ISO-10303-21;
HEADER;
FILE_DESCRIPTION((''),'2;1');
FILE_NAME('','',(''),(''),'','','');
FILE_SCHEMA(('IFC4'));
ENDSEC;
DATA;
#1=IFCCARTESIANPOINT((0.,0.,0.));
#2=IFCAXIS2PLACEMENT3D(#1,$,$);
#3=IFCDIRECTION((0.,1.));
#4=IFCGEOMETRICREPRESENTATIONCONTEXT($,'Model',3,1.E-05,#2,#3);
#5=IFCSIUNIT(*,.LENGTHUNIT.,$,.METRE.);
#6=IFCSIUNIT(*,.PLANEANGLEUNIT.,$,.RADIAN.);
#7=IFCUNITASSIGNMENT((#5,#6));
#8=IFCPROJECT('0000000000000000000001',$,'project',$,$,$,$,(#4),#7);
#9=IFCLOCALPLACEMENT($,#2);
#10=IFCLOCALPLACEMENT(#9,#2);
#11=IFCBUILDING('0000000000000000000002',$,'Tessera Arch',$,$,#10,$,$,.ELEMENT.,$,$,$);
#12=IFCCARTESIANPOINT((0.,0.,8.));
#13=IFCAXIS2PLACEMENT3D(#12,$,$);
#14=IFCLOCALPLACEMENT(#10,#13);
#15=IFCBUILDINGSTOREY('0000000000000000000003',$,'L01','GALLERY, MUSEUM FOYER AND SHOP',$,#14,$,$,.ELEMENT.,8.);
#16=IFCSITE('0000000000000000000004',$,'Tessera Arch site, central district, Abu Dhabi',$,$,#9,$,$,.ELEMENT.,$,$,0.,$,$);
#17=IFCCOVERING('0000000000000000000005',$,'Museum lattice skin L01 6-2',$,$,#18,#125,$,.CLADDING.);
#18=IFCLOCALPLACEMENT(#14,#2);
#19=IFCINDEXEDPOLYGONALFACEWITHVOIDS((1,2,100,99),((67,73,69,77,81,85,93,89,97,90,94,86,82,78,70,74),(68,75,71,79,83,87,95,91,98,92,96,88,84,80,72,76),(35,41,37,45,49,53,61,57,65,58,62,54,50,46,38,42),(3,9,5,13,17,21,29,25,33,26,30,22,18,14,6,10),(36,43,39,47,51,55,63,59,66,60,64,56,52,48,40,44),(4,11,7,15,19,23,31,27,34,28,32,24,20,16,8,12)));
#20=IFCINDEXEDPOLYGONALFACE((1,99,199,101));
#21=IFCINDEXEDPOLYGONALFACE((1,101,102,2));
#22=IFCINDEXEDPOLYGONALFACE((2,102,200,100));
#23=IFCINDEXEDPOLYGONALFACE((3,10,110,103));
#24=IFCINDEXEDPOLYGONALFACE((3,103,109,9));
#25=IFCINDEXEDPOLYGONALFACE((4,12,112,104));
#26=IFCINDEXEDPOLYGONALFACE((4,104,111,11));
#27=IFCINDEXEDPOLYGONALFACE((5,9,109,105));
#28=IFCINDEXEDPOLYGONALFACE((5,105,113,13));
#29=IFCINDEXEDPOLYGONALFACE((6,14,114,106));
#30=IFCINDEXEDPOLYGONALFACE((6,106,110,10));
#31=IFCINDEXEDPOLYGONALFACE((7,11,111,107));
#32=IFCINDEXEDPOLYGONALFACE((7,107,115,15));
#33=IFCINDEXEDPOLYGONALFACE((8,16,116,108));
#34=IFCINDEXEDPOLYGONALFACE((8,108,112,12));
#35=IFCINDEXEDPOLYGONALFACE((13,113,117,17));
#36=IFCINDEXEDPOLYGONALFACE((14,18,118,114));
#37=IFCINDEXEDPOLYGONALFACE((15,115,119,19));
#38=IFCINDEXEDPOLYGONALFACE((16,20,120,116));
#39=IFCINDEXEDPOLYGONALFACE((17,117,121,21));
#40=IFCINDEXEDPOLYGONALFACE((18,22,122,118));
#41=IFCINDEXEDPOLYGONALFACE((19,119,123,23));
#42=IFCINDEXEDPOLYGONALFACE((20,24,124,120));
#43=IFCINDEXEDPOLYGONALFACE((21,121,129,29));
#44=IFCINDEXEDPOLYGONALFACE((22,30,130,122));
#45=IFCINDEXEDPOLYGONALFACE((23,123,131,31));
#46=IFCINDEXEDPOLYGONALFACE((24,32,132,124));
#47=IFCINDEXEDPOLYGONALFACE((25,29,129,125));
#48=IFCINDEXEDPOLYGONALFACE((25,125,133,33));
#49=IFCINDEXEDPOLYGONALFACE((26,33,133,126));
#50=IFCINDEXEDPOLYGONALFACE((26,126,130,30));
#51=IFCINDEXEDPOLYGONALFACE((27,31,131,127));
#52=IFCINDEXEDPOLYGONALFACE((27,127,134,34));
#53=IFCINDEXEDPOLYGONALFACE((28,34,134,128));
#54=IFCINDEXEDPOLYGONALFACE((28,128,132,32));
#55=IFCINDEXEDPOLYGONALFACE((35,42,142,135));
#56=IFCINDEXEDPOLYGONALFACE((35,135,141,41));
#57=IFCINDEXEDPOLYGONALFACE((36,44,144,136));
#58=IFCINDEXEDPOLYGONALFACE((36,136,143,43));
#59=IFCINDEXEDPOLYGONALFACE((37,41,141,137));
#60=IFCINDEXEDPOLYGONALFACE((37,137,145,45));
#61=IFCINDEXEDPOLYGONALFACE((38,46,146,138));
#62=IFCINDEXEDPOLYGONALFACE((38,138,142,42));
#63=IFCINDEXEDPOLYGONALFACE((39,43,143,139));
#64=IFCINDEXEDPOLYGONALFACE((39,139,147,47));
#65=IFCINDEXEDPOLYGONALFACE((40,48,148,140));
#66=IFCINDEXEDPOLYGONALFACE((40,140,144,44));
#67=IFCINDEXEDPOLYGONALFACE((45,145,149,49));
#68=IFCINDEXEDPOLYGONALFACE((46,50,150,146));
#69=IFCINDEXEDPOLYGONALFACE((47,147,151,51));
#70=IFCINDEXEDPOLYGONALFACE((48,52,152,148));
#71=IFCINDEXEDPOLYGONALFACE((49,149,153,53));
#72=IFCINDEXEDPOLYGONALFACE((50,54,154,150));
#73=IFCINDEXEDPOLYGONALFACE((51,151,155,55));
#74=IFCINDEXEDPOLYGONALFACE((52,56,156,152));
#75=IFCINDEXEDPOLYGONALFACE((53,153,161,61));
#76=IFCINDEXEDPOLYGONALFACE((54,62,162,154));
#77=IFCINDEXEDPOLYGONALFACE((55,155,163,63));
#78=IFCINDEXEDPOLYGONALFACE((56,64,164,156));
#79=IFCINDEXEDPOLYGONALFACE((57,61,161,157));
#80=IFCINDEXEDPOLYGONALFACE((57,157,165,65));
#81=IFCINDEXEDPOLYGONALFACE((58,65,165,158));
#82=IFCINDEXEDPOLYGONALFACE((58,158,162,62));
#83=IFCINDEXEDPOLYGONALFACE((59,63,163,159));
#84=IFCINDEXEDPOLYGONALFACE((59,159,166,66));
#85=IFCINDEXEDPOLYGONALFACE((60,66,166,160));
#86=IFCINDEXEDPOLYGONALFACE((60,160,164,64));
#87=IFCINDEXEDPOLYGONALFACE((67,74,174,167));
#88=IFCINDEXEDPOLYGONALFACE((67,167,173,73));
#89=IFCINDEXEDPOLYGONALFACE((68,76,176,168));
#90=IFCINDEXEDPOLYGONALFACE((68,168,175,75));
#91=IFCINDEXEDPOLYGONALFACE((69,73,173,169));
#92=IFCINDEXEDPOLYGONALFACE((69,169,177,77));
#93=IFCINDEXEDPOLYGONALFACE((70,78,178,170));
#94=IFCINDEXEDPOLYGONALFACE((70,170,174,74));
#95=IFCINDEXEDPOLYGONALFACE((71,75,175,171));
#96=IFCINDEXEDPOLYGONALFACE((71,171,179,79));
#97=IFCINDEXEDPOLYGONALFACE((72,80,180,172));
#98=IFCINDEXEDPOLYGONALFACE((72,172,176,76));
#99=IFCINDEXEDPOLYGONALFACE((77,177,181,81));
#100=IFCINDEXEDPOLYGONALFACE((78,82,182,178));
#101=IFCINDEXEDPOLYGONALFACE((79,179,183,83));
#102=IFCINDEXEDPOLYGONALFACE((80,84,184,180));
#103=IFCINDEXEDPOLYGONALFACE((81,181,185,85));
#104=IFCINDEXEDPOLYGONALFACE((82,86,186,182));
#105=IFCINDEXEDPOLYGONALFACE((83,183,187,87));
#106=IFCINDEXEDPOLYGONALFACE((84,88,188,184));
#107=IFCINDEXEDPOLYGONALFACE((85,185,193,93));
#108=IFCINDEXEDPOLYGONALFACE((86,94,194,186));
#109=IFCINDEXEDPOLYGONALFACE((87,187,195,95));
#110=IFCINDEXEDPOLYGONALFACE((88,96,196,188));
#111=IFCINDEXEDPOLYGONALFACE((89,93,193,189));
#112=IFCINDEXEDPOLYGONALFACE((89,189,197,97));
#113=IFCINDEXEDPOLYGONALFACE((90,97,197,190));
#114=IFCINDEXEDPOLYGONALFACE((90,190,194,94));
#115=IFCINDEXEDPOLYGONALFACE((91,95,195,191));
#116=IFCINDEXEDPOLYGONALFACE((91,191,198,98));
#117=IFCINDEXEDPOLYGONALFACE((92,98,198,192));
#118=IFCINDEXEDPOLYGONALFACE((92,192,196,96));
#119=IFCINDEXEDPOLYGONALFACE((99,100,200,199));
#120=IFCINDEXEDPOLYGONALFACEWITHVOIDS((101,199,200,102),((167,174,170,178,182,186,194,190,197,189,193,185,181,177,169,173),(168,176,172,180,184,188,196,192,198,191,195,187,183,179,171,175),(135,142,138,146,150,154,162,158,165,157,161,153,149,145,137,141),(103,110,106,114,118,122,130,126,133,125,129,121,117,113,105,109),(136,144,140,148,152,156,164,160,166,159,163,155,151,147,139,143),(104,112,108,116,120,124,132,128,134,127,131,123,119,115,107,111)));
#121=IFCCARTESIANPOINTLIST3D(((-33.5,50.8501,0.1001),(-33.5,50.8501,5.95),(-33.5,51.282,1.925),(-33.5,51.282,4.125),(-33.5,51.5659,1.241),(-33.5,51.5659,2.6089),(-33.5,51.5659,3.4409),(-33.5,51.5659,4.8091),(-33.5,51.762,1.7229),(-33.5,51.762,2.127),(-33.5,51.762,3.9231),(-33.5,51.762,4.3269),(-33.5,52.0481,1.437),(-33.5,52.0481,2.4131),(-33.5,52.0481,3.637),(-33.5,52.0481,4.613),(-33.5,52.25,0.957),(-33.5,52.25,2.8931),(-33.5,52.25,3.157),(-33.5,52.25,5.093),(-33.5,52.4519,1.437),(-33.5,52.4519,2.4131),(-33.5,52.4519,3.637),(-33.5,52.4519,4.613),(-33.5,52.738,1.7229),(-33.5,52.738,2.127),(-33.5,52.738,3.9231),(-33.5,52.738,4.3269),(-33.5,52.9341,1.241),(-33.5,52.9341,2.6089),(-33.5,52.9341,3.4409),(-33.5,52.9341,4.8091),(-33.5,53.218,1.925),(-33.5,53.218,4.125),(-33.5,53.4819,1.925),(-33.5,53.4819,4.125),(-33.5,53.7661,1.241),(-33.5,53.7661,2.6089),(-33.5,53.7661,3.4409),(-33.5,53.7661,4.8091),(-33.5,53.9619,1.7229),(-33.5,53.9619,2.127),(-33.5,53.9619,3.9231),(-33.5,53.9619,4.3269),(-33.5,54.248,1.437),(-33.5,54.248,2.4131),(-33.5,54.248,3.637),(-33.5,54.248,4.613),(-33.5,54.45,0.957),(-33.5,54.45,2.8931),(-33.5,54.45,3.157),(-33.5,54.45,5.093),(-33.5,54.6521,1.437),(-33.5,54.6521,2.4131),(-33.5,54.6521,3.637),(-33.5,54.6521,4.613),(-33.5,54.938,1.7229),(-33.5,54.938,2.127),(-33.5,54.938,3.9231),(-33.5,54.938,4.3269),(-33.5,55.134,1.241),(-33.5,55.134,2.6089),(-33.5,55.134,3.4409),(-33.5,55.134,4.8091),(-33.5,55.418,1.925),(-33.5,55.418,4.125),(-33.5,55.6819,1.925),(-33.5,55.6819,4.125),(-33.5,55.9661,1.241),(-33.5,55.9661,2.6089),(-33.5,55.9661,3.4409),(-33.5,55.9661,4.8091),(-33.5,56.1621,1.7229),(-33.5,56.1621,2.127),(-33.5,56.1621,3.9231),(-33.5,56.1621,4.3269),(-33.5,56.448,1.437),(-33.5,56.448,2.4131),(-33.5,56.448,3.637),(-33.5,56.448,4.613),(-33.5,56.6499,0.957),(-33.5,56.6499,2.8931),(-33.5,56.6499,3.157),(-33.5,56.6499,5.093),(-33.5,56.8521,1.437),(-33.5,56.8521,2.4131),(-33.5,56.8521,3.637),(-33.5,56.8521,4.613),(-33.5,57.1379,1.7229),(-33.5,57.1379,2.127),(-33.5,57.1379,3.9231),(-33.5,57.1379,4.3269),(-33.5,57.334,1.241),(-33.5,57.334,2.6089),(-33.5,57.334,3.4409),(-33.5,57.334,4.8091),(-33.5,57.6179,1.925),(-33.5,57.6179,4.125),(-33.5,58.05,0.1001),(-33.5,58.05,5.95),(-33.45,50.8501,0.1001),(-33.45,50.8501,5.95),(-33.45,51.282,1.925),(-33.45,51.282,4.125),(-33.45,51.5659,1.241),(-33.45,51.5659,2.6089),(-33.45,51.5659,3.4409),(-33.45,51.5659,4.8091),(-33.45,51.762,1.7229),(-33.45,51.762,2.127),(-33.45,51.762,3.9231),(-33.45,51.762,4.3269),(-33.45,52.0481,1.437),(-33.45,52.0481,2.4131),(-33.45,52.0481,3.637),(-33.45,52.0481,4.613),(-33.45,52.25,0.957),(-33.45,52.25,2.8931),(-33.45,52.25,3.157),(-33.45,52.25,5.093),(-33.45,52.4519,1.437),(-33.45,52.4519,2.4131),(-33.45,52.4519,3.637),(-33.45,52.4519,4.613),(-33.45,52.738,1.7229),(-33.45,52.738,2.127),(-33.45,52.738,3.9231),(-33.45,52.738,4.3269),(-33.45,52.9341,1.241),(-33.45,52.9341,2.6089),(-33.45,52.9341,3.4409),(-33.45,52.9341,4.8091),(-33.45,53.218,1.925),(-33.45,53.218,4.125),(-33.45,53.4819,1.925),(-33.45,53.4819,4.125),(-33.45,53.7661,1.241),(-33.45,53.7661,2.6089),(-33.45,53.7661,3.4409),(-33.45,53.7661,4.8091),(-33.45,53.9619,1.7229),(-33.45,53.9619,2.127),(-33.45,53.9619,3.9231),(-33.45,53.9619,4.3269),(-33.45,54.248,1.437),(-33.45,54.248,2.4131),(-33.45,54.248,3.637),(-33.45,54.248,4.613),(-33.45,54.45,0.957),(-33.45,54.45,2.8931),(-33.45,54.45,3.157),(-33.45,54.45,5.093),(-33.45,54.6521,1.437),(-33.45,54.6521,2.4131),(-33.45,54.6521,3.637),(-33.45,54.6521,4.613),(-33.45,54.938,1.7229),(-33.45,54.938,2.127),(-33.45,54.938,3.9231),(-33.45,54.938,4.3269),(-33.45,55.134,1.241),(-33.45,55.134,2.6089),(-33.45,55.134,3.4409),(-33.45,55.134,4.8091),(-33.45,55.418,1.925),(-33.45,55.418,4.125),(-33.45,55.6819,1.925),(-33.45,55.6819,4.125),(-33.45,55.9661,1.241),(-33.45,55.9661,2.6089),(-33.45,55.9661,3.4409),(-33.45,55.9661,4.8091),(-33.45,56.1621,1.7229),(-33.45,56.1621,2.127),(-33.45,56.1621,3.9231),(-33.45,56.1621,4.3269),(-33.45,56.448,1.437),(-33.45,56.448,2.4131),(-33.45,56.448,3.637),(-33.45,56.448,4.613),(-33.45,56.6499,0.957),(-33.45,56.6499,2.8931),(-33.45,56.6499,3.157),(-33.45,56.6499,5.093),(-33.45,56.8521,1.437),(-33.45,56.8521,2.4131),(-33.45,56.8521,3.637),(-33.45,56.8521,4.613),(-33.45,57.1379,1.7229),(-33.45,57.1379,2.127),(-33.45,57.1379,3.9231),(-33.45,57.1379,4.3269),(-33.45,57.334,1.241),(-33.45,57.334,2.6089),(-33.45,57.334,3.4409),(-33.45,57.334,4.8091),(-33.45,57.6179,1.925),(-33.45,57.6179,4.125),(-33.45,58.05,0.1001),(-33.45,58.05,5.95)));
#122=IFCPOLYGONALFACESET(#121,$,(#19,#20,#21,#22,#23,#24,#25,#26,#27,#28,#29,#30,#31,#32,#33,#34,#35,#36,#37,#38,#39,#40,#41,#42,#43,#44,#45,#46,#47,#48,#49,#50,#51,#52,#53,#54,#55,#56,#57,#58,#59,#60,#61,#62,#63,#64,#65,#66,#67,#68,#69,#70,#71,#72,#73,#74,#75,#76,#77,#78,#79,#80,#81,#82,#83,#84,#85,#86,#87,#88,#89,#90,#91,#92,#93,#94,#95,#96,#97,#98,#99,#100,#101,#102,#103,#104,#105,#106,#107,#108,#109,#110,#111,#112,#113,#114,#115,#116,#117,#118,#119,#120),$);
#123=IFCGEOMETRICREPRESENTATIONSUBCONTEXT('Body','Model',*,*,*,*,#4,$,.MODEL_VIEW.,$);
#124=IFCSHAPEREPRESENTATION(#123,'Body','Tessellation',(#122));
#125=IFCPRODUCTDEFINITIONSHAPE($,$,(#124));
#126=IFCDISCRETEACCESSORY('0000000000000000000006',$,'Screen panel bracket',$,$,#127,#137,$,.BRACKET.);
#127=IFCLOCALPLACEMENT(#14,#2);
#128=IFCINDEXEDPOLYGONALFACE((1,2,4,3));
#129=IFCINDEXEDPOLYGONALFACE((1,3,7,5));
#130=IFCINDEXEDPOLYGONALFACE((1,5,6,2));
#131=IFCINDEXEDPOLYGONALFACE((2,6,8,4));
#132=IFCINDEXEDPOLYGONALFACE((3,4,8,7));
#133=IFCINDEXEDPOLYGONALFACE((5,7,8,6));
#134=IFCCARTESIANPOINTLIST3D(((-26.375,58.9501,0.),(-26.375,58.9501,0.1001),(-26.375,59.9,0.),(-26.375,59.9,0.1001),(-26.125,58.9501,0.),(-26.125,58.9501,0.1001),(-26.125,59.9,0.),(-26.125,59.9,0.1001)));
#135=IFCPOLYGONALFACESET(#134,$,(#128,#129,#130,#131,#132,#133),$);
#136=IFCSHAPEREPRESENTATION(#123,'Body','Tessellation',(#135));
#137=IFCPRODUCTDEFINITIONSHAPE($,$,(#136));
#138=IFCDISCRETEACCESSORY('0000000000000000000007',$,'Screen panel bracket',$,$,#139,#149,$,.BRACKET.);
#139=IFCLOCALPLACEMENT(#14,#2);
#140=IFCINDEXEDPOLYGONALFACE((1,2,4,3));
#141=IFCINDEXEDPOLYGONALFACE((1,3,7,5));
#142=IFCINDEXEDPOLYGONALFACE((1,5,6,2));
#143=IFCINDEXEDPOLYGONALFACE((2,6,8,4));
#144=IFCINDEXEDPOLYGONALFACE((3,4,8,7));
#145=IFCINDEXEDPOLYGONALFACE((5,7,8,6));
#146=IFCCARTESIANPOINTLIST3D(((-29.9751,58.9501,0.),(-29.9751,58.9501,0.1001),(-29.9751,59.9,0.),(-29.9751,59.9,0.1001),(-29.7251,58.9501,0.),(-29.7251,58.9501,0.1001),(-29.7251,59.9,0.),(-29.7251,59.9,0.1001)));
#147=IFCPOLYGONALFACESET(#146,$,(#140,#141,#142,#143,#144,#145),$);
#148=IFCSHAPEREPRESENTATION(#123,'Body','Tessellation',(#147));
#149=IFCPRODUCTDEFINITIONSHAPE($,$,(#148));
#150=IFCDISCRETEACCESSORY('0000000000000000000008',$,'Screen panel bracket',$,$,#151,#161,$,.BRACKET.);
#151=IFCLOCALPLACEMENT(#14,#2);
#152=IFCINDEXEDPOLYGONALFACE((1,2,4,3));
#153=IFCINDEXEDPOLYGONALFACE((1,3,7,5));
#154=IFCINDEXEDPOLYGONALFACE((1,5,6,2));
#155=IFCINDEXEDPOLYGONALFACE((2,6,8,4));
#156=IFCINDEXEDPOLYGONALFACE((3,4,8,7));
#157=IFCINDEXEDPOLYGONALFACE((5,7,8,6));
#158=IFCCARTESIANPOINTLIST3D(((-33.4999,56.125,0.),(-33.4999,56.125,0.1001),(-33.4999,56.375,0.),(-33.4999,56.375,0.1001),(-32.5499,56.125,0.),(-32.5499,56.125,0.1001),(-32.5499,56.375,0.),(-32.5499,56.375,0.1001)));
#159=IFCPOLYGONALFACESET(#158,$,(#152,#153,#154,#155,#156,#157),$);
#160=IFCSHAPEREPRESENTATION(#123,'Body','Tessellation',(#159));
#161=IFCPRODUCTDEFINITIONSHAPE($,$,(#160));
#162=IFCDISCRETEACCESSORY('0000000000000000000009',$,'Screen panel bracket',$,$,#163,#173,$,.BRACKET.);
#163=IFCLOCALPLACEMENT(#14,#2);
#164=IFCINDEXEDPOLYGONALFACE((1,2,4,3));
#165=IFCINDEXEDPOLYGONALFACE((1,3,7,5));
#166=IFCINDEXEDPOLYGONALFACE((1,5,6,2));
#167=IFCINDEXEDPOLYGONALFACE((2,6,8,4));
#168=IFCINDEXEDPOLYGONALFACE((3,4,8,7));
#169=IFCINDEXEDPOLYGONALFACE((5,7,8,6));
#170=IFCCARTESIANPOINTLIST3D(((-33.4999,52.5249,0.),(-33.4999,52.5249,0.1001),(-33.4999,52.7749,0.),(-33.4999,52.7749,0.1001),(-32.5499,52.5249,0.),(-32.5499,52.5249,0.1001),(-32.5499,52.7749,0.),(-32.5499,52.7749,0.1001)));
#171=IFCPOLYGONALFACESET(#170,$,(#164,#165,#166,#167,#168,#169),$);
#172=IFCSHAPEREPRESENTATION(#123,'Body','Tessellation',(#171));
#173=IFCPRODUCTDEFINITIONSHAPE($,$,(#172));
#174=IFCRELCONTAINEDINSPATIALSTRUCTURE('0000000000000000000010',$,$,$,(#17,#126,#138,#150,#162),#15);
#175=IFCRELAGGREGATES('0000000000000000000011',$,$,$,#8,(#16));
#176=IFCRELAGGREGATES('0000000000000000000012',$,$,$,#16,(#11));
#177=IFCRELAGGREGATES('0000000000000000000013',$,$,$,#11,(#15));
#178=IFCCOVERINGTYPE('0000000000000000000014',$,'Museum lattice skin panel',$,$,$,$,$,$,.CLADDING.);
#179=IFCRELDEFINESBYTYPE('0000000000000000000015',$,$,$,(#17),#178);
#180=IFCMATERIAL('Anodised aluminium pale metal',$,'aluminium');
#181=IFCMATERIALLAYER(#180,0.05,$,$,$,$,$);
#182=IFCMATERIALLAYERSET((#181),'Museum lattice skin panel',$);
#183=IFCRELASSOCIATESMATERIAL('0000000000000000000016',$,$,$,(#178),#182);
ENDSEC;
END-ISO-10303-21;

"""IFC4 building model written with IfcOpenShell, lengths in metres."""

from ifc_helpers import new_model, si_unit, direction, frame, origin, origin_2d, place, context, subcontext, project, spatial, polyline, rectangle, outline, extrude, material, layer, layer_set, type_object, element, save


model = new_model("IFC4")

# Units and contexts
model_context = context("Model", 3, precision=1e-05, world=origin(), true_north=direction((0.0, 1.0)))
body_context = subcontext(model_context, "Body", "Model", "MODEL_VIEW")
ifc_project = project(units=[si_unit("LENGTHUNIT", "METRE"), si_unit("PLANEANGLEUNIT", "RADIAN")], contexts=[model_context])

# Site, building, storey
site_placement = place(None, origin())
site = spatial("IfcSite", under=ifc_project, at=site_placement, Name="Tessera Arch site, central district, Abu Dhabi", CompositionType="ELEMENT", RefElevation=0.0)
building_placement = place(site_placement, origin())
building = spatial("IfcBuilding", under=site, at=building_placement, Name="Tessera Arch", CompositionType="ELEMENT")
storey_placement = place(building_placement, frame((0.0, 0.0, 8.0)))
storey = spatial("IfcBuildingStorey", under=building, at=storey_placement, Name="L01", Description="GALLERY, MUSEUM FOYER AND SHOP", CompositionType="ELEMENT", Elevation=8.0)

# Covering
ifc_material_1 = material(Name="Anodised aluminium pale metal", Category="aluminium")
ifc_layer_1 = layer(ifc_material_1, 0.05)
ifc_layer_set_1 = layer_set([ifc_layer_1], Name="Museum lattice skin panel")
covering_type = type_object("IfcCoveringType", Name="Museum lattice skin panel", PredefinedType="CLADDING", material=ifc_layer_set_1)
covering_placement = place(storey_placement, frame((-33.45, 58.05, 5.95), z_axis=(1.0, 0.0, 0.0), x_axis=(0.0, -1.0, 0.0)))
element("IfcCovering", 1, at=covering_placement, inside=storey, type_object=covering_type, Name="Museum lattice skin L01 6-2", PredefinedType="CLADDING", context=body_context, shape_type="SweptSolid", body=[
    extrude(outline(polyline([(0.0, 0.0), (7.2, 0.0), (7.2, 5.8499), (0.0, 5.8499), (0.0, 0.0)]), holes=[polyline([(2.3682, 4.0249), (1.8879, 3.823), (2.084, 3.3411), (1.6021, 3.5369), (1.4001, 3.0569), (1.198, 3.5369), (0.7161, 3.3411), (0.9121, 3.823), (0.4321, 4.0249), (0.9121, 4.2271), (0.7161, 4.709), (1.198, 4.5129), (1.4001, 4.9929), (1.6021, 4.5129), (2.084, 4.709), (1.8879, 4.2271), (2.3682, 4.0249)]), polyline([(2.3682, 1.825), (1.8879, 1.623), (2.084, 1.1409), (1.6021, 1.3369), (1.4001, 0.8569), (1.198, 1.3369), (0.7161, 1.1409), (0.9121, 1.623), (0.4321, 1.825), (0.9121, 2.0269), (0.7161, 2.509), (1.198, 2.313), (1.4001, 2.793), (1.6021, 2.313), (2.084, 2.509), (1.8879, 2.0269), (2.3682, 1.825)]), polyline([(4.5681, 4.0249), (4.0881, 3.823), (4.2839, 3.3411), (3.802, 3.5369), (3.6001, 3.0569), (3.3979, 3.5369), (2.916, 3.3411), (3.1121, 3.823), (2.6321, 4.0249), (3.1121, 4.2271), (2.916, 4.709), (3.3979, 4.5129), (3.6001, 4.9929), (3.802, 4.5129), (4.2839, 4.709), (4.0881, 4.2271), (4.5681, 4.0249)]), polyline([(4.5681, 1.825), (4.0881, 1.623), (4.2839, 1.1409), (3.802, 1.3369), (3.6001, 0.8569), (3.3979, 1.3369), (2.916, 1.1409), (3.1121, 1.623), (2.6321, 1.825), (3.1121, 2.0269), (2.916, 2.509), (3.3979, 2.313), (3.6001, 2.793), (3.802, 2.313), (4.2839, 2.509), (4.0881, 2.0269), (4.5681, 1.825)]), polyline([(6.7681, 4.0249), (6.2881, 3.823), (6.4841, 3.3411), (6.002, 3.5369), (5.8, 3.0569), (5.5981, 3.5369), (5.116, 3.3411), (5.312, 3.823), (4.832, 4.0249), (5.312, 4.2271), (5.116, 4.709), (5.5981, 4.5129), (5.8, 4.9929), (6.002, 4.5129), (6.4841, 4.709), (6.2881, 4.2271), (6.7681, 4.0249)]), polyline([(6.7681, 1.825), (6.2881, 1.623), (6.4841, 1.1409), (6.002, 1.3369), (5.8, 0.8569), (5.5981, 1.3369), (5.116, 1.1409), (5.312, 1.623), (4.832, 1.825), (5.312, 2.0269), (5.116, 2.509), (5.5981, 2.313), (5.8, 2.793), (6.002, 2.313), (6.4841, 2.509), (6.2881, 2.0269), (6.7681, 1.825)])]), origin(), (0.0, 0.0, -1.0), 0.05),
])

# Discrete accessories
for number, where, z_axis, x_axis, name in (
    (2, (-26.25, 59.425, 0.0), (0.0, 0.0, 1.0), (0.0, 1.0, 0.0), "Screen panel bracket"),
    (3, (-29.8501, 59.425, 0.0), (0.0, 0.0, 1.0), (0.0, 1.0, 0.0), "Screen panel bracket"),
    (4, (-33.0249, 56.25, 0.0), (0.0, 0.0, 1.0), (-1.0, 0.0, 0.0), "Screen panel bracket"),
    (5, (-33.0249, 52.6499, 0.0), (0.0, 0.0, 1.0), (-1.0, 0.0, 0.0), "Screen panel bracket"),
):
    element("IfcDiscreteAccessory", number, at=place(storey_placement, frame(where, z_axis=z_axis, x_axis=x_axis)), inside=storey, Name=name, PredefinedType="BRACKET", context=body_context, shape_type="SweptSolid", body=[
        extrude(rectangle(XDim=0.95, YDim=0.25, at=origin_2d()), origin(), (0.0, 0.0, 1.0), 0.1001),
    ])

save(model, "model.ifc")
